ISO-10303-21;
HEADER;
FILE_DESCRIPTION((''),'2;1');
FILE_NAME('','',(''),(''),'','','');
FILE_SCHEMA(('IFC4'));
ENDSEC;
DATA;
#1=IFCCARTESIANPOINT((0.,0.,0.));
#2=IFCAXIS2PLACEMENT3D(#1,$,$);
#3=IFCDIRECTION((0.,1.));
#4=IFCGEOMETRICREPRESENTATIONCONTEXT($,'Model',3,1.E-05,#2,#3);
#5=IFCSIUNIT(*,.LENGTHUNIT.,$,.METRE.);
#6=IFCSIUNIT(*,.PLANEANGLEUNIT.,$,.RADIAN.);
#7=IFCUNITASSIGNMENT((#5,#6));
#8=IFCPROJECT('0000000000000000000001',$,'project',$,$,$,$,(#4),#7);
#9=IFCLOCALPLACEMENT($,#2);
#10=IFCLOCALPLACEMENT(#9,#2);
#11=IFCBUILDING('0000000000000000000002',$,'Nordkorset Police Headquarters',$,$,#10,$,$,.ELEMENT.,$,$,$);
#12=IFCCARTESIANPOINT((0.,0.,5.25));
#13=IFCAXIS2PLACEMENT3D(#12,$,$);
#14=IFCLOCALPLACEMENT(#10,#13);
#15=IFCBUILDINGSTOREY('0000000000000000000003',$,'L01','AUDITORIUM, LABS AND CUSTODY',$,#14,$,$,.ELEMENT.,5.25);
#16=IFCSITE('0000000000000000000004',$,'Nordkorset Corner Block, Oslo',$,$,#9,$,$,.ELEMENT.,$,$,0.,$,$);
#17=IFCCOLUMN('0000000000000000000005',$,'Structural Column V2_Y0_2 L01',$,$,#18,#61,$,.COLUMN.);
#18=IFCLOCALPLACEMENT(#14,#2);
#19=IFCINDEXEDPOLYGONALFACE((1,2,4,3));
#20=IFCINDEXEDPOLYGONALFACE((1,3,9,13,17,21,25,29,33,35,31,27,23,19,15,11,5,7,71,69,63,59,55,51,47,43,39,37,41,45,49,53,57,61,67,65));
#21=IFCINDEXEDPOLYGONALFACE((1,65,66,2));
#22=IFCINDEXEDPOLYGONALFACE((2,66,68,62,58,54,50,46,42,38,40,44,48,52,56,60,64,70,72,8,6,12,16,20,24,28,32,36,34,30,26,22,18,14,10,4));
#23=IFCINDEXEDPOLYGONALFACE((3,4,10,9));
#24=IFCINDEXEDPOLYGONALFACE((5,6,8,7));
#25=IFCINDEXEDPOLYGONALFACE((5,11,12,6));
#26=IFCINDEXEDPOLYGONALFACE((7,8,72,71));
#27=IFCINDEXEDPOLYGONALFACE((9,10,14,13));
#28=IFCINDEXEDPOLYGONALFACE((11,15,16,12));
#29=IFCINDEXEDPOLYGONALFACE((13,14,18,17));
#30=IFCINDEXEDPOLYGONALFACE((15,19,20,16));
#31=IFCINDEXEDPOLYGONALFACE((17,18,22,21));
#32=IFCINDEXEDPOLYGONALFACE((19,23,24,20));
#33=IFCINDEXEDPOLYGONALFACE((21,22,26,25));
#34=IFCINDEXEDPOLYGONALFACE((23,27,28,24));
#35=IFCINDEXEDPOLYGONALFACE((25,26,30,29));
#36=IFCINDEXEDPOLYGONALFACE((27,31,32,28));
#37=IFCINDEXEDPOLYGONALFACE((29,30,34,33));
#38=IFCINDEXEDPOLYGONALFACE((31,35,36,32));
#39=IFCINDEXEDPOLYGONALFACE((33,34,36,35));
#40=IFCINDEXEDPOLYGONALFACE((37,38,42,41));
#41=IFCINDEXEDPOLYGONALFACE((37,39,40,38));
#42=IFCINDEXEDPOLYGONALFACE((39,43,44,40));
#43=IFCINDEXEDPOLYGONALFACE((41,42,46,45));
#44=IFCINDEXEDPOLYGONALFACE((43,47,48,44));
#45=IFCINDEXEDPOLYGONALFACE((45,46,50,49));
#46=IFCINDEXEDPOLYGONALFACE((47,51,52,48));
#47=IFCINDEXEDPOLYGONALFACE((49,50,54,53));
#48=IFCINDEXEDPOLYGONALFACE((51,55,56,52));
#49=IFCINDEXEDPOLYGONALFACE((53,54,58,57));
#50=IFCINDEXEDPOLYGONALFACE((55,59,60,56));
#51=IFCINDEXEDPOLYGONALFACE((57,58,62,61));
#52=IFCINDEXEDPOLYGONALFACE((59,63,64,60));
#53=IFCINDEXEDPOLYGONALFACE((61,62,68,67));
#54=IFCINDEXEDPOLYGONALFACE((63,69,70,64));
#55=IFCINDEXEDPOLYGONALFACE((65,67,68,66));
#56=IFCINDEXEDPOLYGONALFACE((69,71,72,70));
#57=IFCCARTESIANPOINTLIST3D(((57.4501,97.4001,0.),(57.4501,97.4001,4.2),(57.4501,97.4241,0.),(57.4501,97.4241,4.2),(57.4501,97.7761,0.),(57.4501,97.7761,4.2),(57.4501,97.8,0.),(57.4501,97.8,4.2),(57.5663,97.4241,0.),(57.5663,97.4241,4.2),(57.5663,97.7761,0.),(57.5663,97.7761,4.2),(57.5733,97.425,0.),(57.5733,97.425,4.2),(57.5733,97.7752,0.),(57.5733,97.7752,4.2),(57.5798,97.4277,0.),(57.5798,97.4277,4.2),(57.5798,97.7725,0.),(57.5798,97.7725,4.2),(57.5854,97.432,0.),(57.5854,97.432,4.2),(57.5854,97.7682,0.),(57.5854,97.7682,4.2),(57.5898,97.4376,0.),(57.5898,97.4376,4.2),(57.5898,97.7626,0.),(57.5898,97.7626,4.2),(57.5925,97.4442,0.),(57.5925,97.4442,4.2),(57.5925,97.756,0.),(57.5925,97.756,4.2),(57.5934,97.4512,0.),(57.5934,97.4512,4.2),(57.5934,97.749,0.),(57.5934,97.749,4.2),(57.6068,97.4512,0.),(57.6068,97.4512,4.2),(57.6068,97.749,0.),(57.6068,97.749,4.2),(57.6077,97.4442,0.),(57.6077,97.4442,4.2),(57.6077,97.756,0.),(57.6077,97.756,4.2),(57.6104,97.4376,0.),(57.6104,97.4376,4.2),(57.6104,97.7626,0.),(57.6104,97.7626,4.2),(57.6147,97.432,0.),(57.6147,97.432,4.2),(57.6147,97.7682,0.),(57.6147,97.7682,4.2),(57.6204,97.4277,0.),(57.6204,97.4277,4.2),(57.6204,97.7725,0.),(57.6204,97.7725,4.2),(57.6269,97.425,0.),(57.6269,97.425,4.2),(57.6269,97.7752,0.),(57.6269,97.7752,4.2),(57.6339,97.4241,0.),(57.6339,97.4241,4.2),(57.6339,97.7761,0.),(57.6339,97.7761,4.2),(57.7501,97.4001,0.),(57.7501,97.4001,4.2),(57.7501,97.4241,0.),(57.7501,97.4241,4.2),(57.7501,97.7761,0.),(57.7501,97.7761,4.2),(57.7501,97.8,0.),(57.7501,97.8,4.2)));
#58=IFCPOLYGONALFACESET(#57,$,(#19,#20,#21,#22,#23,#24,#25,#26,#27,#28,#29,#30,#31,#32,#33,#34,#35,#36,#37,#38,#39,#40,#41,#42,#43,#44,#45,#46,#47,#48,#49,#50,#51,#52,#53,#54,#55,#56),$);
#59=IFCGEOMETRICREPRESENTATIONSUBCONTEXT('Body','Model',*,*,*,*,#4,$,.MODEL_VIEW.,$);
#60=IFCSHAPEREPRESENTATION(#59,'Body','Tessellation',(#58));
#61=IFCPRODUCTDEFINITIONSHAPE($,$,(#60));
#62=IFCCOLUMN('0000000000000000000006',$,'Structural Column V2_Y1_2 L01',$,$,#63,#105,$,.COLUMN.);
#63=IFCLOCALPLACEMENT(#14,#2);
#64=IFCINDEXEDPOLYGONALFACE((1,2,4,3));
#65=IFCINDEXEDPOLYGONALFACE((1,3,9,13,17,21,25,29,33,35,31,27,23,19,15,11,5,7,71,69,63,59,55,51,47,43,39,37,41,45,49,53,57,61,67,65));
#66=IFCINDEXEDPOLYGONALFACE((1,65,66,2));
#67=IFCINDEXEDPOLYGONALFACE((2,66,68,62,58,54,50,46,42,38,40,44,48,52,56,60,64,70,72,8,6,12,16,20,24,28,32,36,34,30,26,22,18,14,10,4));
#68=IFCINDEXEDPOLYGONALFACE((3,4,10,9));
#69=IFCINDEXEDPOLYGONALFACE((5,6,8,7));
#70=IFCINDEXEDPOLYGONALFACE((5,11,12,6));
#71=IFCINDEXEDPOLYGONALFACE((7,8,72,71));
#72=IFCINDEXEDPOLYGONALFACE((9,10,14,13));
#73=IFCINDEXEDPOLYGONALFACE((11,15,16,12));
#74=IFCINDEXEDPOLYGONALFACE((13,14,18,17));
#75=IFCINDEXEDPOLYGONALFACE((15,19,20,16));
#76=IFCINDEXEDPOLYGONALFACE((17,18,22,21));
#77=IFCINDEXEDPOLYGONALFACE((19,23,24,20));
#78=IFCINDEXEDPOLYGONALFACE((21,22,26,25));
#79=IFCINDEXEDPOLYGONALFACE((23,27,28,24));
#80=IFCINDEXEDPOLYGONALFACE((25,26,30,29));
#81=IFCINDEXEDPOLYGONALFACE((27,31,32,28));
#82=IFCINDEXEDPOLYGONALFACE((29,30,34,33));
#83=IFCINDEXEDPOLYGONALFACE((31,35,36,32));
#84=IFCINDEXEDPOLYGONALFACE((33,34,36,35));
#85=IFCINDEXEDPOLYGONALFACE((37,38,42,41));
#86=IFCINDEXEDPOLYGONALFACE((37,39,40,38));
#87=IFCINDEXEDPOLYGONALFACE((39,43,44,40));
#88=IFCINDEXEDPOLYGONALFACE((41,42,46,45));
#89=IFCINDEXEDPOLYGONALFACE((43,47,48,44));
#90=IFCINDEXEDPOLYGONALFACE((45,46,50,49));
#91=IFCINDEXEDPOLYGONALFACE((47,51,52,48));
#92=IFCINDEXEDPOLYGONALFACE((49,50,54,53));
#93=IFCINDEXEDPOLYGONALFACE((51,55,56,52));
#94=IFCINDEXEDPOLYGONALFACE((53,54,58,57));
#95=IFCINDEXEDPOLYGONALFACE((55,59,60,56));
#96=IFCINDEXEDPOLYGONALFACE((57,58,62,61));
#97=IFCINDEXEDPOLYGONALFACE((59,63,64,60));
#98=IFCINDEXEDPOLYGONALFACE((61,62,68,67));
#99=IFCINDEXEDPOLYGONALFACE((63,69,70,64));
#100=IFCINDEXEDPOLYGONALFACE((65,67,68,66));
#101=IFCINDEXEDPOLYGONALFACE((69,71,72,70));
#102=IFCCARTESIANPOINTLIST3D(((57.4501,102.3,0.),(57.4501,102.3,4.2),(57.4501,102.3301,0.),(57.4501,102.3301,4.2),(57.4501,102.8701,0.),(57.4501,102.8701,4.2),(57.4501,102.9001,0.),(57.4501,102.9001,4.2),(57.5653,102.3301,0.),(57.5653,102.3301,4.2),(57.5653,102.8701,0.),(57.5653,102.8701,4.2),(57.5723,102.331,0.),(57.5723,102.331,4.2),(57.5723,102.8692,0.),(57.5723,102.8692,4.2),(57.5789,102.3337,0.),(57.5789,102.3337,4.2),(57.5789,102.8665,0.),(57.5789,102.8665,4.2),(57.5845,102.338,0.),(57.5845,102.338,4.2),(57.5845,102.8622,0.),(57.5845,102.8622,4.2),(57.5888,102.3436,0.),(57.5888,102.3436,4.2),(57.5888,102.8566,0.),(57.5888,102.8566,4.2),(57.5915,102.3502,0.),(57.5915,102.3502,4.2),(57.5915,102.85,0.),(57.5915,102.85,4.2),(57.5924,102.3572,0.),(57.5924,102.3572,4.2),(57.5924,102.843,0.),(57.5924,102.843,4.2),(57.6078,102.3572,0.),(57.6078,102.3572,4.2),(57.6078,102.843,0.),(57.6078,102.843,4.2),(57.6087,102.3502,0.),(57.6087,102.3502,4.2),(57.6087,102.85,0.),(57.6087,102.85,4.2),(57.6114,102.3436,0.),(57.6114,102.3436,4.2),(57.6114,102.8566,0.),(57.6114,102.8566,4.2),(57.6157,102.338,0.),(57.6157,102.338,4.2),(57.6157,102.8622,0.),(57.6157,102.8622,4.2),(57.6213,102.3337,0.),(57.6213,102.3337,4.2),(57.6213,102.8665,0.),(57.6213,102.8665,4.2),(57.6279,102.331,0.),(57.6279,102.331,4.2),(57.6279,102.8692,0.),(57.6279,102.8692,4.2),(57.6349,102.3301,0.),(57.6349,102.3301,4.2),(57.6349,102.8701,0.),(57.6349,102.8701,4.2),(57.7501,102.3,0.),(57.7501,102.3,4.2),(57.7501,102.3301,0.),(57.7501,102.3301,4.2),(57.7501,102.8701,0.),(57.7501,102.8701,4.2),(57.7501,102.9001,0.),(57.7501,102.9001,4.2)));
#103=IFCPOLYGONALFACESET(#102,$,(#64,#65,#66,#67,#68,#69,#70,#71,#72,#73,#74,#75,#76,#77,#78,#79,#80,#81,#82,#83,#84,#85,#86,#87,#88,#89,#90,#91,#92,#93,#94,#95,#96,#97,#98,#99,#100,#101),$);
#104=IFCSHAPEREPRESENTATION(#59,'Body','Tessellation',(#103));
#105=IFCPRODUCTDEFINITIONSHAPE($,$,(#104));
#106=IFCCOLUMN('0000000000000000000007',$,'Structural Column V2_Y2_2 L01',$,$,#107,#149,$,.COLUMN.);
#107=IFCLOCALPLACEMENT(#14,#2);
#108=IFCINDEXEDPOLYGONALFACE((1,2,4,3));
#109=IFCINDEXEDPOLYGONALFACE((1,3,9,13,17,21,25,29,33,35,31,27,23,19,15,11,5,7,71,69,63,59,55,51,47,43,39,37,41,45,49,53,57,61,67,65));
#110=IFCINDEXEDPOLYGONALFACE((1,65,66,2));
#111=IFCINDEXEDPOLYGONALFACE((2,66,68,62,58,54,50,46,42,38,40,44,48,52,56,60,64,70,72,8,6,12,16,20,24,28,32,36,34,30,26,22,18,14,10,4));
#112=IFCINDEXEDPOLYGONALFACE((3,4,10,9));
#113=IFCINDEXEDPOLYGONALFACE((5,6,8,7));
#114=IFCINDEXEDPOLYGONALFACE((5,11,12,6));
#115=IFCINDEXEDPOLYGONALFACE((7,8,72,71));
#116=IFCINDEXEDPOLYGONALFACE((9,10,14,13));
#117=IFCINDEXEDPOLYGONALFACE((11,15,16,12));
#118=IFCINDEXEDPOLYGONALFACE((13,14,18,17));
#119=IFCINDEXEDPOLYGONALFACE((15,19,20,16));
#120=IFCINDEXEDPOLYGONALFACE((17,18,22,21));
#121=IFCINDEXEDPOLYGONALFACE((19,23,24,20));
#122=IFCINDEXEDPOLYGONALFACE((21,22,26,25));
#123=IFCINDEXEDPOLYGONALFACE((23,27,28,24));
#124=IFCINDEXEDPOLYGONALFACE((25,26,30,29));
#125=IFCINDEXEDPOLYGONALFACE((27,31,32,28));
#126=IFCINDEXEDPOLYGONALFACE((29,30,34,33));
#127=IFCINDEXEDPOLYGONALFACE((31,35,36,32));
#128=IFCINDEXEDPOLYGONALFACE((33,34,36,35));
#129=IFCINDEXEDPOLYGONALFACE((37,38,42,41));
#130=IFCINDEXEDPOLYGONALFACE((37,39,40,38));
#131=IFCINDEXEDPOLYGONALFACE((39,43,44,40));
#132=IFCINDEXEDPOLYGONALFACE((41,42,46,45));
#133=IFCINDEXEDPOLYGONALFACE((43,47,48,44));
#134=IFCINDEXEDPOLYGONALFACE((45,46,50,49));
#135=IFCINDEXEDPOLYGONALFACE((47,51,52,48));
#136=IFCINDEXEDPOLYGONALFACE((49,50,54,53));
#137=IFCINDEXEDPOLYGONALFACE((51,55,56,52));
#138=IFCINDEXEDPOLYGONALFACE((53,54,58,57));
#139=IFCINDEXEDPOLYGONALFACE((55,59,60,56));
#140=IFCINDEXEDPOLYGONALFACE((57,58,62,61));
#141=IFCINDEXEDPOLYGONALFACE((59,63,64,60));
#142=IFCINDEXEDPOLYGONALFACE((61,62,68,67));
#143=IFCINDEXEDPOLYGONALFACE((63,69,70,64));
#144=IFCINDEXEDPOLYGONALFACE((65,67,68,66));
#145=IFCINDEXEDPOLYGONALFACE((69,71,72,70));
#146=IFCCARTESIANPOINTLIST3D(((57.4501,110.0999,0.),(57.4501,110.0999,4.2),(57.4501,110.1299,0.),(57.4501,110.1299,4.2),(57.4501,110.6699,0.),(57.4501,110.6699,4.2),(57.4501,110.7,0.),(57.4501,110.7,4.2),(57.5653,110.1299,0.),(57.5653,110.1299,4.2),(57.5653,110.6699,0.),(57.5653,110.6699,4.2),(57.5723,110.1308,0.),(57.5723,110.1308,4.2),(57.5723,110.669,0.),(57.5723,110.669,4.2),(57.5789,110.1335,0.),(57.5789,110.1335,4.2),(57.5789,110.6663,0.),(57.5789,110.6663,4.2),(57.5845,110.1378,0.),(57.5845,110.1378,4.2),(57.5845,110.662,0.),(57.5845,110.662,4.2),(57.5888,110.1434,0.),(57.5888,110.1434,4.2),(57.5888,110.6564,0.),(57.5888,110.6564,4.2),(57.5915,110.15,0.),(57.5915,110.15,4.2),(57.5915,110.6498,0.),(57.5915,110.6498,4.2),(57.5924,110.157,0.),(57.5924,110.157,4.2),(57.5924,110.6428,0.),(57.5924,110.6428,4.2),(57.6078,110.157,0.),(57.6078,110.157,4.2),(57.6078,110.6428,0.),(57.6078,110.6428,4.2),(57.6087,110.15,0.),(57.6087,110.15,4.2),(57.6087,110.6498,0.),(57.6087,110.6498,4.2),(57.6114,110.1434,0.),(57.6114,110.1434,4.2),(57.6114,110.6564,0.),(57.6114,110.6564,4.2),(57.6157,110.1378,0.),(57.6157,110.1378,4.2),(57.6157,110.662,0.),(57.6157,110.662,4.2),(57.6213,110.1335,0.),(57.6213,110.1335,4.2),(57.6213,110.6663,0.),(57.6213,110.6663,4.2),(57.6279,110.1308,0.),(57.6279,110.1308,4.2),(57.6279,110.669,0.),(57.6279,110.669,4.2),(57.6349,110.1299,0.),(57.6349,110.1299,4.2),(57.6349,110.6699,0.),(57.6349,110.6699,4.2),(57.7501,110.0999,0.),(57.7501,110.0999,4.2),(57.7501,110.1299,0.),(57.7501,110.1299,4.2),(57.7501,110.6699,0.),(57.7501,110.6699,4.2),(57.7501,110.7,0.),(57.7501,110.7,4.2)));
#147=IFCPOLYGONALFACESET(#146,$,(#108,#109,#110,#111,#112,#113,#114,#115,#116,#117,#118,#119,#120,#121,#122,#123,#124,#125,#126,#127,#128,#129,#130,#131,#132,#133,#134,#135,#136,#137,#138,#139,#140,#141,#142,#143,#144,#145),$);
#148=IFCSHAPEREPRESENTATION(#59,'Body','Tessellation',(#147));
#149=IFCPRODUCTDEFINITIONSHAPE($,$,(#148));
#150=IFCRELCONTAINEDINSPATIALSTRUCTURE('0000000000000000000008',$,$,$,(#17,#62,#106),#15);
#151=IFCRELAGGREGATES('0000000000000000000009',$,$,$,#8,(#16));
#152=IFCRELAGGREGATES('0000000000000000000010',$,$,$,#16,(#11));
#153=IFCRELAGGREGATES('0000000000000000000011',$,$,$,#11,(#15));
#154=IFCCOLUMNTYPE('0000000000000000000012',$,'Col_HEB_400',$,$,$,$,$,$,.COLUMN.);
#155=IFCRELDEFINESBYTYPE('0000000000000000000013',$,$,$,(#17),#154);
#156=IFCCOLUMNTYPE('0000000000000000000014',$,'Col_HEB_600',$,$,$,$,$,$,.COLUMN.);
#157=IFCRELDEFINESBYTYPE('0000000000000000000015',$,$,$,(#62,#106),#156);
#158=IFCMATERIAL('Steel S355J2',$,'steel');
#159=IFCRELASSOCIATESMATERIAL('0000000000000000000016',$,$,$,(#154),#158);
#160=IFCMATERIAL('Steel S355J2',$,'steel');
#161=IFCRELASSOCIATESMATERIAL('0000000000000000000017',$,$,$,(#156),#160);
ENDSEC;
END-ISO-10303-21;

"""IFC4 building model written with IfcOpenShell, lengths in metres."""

from ifc_helpers import new_model, si_unit, direction, frame, origin, origin_2d, place, context, subcontext, project, spatial, i_section, extrude, material, material_profile, profile_set, type_object, element, save


model = new_model("IFC4")

# Units and contexts
model_context = context("Model", 3, precision=1e-05, world=origin(), true_north=direction((0.0, 1.0)))
body_context = subcontext(model_context, "Body", "Model", "MODEL_VIEW")
ifc_project = project(units=[si_unit("LENGTHUNIT", "METRE"), si_unit("PLANEANGLEUNIT", "RADIAN")], contexts=[model_context])

# Site, building, storey
site_placement = place(None, origin())
site = spatial("IfcSite", under=ifc_project, at=site_placement, Name="Nordkorset Corner Block, Oslo", CompositionType="ELEMENT", RefElevation=0.0)
building_placement = place(site_placement, origin())
building = spatial("IfcBuilding", under=site, at=building_placement, Name="Nordkorset Police Headquarters", CompositionType="ELEMENT")
storey_placement = place(building_placement, frame((0.0, 0.0, 5.25)))
storey = spatial("IfcBuildingStorey", under=building, at=storey_placement, Name="L01", Description="AUDITORIUM, LABS AND CUSTODY", CompositionType="ELEMENT", Elevation=5.25)

# Columns
ifc_material_1 = material(Name="Steel S355J2", Category="steel")
ifc_material_profile_1 = material_profile(ifc_material_1, i_section(OverallWidth=0.3, OverallDepth=0.3999, WebThickness=0.0134, FlangeThickness=0.0239, FilletRadius=0.0271, at=origin_2d()), Name="HEB 400")
ifc_profile_set_1 = profile_set([ifc_material_profile_1], Name="Steel S355J2")
column_type_1 = type_object("IfcColumnType", Name="Col_HEB_400", PredefinedType="COLUMN", material=ifc_profile_set_1)
column_placement = place(storey_placement, frame((57.6001, 97.6001, 0.0), z_axis=(0.0, 0.0, 1.0), x_axis=(1.0, 0.0, 0.0)))
element("IfcColumn", 1, at=column_placement, inside=storey, type_object=column_type_1, Name="Structural Column V2_Y0_2 L01", PredefinedType="COLUMN", context=body_context, shape_type="SweptSolid", body=[
    extrude(i_section(OverallWidth=0.3, OverallDepth=0.3999, WebThickness=0.0134, FlangeThickness=0.0239, FilletRadius=0.0271, at=origin_2d()), origin(), (0.0, 0.0, 1.0), 4.2),
])
ifc_material_2 = material(Name="Steel S355J2", Category="steel")
ifc_material_profile_2 = material_profile(ifc_material_2, i_section(OverallWidth=0.3, OverallDepth=0.6001, WebThickness=0.0154, FlangeThickness=0.03, FilletRadius=0.0271, at=origin_2d()), Name="HEB 600")
ifc_profile_set_2 = profile_set([ifc_material_profile_2], Name="Steel S355J2")
column_type_2 = type_object("IfcColumnType", Name="Col_HEB_600", PredefinedType="COLUMN", material=ifc_profile_set_2)
for number, where, z_axis, x_axis, name in (
    (2, (57.6001, 102.6001, 0.0), (0.0, 0.0, 1.0), (1.0, 0.0, 0.0), "Structural Column V2_Y1_2 L01"),
    (3, (57.6001, 110.3999, 0.0), (0.0, 0.0, 1.0), (1.0, 0.0, 0.0), "Structural Column V2_Y2_2 L01"),
):
    element("IfcColumn", number, at=place(storey_placement, frame(where, z_axis=z_axis, x_axis=x_axis)), inside=storey, type_object=column_type_2, Name=name, PredefinedType="COLUMN", context=body_context, shape_type="SweptSolid", body=[
        extrude(i_section(OverallWidth=0.3, OverallDepth=0.6001, WebThickness=0.0154, FlangeThickness=0.03, FilletRadius=0.0271, at=origin_2d()), origin(), (0.0, 0.0, 1.0), 4.2),
    ])

save(model, "model.ifc")
